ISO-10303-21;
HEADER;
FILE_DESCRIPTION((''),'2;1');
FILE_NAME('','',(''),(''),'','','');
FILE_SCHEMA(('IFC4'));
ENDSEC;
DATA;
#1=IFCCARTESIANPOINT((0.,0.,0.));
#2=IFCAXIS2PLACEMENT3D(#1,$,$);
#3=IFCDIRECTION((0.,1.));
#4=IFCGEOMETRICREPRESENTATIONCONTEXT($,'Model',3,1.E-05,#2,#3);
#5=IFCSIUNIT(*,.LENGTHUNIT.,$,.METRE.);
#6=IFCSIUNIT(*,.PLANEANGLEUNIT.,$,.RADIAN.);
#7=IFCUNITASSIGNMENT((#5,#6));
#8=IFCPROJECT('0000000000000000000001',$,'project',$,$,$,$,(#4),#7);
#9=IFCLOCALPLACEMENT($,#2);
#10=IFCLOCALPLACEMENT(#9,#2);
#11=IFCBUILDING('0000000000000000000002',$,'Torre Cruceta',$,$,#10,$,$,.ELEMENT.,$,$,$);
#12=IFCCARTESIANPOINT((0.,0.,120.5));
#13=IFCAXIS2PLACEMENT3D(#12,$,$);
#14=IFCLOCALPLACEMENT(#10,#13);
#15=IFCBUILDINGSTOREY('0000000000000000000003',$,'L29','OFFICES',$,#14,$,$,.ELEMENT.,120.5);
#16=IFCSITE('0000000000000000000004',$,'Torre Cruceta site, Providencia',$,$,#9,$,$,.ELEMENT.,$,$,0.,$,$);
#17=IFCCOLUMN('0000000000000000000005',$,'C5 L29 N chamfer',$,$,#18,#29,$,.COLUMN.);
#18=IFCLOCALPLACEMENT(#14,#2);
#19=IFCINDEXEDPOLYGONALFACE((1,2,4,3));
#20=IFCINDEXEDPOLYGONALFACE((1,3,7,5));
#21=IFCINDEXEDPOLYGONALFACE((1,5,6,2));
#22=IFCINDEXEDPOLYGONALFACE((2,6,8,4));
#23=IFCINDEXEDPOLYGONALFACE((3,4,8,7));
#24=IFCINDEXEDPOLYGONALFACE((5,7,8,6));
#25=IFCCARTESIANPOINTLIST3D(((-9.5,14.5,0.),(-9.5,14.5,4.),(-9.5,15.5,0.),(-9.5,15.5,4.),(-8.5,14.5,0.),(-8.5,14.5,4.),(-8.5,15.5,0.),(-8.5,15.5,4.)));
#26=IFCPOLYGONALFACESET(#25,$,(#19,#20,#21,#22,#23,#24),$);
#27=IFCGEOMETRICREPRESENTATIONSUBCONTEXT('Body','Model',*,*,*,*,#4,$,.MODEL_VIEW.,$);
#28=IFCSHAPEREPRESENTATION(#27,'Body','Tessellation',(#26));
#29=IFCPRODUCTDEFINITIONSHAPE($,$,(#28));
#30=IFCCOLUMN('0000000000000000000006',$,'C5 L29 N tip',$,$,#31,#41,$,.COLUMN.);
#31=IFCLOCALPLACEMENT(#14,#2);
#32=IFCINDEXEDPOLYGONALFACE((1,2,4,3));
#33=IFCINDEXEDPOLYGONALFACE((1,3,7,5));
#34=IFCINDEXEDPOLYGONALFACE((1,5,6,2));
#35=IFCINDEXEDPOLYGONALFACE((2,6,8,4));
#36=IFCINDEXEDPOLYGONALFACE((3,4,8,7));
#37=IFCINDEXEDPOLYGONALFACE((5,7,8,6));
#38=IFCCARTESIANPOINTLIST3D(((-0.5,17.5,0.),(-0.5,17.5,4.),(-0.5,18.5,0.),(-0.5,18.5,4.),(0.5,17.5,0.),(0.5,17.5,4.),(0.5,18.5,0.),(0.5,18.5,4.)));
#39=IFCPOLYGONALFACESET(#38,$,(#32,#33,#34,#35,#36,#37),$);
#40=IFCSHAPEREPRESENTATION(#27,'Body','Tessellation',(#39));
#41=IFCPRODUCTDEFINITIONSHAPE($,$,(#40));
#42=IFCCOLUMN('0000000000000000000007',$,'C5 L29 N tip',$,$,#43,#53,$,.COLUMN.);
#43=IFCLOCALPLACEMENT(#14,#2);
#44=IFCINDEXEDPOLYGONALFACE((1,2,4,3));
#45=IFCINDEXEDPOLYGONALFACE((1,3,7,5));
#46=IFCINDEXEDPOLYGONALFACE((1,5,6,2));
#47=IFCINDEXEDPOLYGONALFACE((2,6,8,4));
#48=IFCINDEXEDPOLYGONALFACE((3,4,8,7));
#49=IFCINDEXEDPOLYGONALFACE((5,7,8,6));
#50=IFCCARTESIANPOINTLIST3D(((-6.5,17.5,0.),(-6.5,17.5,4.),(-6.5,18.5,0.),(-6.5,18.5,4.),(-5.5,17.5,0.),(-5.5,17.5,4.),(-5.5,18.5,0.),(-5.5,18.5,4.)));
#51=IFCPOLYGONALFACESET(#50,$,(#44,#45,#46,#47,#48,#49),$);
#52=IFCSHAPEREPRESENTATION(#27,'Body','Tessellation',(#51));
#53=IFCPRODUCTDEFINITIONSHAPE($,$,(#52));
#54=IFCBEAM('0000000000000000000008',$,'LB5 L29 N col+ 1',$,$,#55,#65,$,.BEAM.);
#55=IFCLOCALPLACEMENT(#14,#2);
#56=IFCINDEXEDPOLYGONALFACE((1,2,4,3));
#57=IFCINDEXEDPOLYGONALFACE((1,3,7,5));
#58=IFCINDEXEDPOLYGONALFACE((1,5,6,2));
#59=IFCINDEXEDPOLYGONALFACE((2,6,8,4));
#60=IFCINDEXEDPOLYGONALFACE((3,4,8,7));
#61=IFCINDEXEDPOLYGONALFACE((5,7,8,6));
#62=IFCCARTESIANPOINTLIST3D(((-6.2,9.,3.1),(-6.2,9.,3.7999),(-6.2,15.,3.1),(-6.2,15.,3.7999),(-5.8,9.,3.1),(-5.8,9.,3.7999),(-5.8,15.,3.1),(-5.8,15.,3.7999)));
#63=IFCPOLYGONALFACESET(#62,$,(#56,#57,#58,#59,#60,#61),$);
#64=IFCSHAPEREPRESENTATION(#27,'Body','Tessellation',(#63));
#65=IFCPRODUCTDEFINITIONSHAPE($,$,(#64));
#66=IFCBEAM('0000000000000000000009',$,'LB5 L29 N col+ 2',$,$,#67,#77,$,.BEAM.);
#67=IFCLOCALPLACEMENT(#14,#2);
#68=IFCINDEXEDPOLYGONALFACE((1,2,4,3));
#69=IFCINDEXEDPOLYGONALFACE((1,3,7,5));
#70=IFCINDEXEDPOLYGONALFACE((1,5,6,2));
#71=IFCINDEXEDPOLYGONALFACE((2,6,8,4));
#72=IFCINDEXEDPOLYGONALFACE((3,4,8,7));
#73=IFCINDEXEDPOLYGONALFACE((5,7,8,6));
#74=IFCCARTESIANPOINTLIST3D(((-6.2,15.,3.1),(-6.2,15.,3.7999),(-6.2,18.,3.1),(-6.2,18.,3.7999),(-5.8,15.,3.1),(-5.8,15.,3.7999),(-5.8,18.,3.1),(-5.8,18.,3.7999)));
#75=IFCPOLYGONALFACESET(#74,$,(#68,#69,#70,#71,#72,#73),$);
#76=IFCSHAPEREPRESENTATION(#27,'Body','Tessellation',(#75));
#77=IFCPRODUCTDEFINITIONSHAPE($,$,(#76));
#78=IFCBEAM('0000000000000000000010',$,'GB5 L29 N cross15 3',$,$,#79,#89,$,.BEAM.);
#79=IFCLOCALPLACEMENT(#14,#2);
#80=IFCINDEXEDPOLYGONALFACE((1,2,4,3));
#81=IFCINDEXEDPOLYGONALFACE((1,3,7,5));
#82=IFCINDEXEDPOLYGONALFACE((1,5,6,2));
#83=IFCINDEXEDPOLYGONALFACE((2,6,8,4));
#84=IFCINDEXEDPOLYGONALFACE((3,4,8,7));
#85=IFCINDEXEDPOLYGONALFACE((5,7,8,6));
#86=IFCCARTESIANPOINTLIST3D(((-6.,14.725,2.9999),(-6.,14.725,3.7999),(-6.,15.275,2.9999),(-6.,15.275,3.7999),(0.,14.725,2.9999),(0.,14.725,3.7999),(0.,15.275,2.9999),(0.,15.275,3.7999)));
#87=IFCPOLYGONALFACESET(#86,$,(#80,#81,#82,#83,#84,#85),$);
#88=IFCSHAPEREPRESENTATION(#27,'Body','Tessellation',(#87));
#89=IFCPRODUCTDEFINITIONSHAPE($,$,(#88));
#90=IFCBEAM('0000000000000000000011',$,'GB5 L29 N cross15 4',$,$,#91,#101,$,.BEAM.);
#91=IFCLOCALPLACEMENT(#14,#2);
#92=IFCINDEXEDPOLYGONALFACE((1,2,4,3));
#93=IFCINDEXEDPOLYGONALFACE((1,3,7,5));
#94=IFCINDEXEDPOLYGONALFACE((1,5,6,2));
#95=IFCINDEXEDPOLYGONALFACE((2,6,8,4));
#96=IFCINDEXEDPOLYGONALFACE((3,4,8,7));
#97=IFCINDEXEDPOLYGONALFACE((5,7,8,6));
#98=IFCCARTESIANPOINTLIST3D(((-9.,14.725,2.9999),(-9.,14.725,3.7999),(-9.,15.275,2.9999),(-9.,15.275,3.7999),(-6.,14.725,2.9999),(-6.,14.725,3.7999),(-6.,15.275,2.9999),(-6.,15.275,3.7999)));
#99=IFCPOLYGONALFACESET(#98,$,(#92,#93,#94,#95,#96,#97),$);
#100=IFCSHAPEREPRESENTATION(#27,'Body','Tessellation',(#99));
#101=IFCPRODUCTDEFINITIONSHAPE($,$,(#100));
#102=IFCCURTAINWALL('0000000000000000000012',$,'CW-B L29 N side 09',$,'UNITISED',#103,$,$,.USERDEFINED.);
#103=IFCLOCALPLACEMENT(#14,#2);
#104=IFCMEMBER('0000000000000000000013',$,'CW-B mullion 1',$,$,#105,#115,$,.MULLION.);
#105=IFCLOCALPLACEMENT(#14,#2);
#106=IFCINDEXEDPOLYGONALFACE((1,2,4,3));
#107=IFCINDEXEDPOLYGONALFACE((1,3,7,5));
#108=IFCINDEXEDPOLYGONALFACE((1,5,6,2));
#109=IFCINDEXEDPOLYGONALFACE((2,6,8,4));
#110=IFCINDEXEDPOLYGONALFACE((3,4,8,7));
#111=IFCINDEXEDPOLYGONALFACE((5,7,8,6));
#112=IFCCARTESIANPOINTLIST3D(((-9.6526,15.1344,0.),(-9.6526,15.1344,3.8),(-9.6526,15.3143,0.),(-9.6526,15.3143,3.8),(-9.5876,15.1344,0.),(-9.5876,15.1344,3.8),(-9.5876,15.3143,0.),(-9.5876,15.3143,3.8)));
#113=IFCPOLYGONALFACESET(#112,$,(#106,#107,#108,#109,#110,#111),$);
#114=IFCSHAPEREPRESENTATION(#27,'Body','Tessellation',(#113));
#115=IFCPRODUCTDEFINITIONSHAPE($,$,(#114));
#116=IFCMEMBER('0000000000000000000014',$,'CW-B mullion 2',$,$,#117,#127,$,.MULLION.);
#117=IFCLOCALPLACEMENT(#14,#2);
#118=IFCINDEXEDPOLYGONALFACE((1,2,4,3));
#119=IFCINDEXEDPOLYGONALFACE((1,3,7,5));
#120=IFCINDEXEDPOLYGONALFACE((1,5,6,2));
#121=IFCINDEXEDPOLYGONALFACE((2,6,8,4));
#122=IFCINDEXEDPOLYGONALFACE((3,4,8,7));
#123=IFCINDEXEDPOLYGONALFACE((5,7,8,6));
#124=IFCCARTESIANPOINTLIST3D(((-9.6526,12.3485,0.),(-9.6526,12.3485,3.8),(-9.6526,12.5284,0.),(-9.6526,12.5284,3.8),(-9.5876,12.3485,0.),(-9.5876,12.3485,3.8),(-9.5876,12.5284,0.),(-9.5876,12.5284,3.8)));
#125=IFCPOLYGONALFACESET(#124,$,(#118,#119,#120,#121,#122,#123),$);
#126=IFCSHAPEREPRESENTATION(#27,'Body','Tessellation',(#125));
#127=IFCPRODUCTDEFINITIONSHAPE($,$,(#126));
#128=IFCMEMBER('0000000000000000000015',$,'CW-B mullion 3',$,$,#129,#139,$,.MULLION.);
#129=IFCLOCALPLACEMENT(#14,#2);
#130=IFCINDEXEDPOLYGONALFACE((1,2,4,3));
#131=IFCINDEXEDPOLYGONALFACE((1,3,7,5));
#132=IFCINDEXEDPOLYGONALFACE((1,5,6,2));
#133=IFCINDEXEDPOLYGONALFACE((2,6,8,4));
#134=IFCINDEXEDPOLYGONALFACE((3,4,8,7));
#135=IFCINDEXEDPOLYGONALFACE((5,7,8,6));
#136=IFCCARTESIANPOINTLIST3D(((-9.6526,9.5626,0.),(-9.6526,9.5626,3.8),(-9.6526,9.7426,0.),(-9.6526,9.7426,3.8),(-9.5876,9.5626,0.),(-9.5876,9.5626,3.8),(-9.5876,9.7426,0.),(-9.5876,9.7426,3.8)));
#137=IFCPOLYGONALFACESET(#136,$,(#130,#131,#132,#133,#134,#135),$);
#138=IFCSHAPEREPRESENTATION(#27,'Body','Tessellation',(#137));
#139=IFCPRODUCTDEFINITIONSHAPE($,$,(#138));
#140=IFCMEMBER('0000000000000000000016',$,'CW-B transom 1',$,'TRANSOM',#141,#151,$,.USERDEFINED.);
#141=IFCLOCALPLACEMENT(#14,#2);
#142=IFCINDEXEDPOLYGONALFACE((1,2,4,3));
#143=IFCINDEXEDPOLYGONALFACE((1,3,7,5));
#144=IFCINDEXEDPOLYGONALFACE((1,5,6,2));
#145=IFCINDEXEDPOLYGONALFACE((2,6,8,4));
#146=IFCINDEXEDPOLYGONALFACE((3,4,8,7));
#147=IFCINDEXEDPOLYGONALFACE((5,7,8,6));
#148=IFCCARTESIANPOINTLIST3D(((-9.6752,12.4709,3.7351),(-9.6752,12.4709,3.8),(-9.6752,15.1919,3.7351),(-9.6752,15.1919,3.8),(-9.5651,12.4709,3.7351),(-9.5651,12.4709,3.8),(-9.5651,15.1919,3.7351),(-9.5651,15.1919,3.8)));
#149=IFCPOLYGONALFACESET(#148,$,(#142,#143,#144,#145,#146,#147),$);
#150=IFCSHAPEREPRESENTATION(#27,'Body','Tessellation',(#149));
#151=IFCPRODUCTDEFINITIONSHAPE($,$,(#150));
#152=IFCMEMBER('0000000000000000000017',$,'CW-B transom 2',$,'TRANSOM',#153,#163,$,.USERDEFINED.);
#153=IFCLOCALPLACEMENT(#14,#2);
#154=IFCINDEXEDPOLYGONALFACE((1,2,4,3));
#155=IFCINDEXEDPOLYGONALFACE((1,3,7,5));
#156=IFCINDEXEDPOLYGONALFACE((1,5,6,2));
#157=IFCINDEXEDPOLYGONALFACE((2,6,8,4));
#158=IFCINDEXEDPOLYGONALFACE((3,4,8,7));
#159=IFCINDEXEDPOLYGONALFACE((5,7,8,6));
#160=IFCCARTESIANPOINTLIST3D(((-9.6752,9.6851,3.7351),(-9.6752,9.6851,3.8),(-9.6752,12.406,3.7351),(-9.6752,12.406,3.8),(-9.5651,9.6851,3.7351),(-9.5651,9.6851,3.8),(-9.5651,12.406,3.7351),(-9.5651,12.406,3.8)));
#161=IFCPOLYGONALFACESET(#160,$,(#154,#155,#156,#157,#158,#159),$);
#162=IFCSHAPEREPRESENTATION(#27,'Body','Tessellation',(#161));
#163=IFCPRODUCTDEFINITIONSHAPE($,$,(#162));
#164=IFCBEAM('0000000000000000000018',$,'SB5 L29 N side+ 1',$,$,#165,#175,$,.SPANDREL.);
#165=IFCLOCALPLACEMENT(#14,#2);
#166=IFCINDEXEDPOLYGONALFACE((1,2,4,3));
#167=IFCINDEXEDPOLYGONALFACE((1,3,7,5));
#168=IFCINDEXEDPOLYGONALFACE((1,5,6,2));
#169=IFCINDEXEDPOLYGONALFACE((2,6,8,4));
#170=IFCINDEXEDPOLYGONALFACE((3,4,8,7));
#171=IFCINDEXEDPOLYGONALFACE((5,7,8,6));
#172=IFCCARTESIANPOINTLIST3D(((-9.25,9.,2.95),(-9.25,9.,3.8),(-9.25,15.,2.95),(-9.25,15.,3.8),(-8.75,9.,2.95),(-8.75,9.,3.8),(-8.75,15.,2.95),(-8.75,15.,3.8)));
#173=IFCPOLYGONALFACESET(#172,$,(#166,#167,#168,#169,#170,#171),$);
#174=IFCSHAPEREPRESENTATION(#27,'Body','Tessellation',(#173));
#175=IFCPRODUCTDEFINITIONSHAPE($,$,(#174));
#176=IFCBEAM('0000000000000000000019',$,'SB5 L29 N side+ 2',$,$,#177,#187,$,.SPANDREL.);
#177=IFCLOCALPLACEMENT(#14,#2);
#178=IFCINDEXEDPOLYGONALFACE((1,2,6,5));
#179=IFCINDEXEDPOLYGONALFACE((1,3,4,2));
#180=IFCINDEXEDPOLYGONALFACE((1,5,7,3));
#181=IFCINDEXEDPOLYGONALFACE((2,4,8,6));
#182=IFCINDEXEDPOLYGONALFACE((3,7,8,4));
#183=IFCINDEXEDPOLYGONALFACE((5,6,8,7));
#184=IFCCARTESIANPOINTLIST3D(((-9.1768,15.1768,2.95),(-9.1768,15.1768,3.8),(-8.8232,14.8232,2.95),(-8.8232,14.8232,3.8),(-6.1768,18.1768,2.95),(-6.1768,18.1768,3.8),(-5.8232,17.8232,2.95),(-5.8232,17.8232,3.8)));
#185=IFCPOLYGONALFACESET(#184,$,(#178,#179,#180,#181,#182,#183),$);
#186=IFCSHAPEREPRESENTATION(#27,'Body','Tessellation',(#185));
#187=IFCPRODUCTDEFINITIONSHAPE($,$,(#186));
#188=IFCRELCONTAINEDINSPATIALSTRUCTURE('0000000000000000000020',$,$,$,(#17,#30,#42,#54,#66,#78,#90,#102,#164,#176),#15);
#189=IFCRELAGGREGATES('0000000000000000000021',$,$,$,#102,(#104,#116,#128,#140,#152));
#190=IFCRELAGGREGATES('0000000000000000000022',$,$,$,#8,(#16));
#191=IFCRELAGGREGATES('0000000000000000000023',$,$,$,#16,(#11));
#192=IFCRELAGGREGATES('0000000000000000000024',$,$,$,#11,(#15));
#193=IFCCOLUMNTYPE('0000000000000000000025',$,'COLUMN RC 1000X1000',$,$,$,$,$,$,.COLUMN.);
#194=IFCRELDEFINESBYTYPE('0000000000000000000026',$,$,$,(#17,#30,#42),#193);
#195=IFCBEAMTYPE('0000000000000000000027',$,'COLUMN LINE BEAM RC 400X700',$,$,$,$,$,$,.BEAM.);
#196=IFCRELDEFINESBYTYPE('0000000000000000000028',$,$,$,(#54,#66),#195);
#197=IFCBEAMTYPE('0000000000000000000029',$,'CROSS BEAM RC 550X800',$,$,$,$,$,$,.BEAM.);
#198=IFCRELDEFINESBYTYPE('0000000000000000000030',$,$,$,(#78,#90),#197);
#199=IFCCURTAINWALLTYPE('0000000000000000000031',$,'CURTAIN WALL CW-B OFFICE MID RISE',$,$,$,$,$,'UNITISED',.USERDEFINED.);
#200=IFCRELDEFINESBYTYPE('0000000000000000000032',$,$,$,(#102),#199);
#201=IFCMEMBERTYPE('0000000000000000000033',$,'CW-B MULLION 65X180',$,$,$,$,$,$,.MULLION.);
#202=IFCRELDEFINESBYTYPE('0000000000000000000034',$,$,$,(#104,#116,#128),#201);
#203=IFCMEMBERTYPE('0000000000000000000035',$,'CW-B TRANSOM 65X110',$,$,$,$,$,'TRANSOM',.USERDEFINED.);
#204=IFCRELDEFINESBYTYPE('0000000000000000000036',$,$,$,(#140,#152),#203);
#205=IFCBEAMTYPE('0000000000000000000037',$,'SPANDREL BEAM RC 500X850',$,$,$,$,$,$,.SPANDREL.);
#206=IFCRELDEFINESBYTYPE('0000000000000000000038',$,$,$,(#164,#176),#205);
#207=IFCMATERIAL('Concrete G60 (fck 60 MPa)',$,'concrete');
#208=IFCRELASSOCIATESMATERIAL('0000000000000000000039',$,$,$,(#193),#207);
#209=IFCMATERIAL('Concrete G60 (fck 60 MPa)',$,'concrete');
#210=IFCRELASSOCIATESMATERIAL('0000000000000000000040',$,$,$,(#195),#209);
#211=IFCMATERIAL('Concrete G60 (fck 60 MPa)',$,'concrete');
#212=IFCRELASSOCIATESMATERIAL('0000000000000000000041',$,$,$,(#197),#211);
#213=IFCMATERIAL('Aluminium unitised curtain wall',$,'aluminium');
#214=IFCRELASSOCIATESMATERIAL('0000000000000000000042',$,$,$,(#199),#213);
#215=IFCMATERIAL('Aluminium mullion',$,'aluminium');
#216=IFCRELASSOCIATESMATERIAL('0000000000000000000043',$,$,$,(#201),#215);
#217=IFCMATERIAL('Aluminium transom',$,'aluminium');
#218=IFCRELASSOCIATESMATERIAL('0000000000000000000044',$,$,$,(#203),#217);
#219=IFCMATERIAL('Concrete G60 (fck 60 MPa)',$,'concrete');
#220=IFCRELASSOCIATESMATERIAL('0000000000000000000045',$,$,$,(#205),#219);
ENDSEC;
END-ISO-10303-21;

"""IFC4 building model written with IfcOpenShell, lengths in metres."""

from ifc_helpers import new_model, si_unit, direction, frame, origin, origin_2d, place, context, subcontext, project, spatial, rectangle, extrude, material, material_profile, profile_set, type_object, element, aggregate, save


model = new_model("IFC4")

# Units and contexts
model_context = context("Model", 3, precision=1e-05, world=origin(), true_north=direction((0.0, 1.0)))
body_context = subcontext(model_context, "Body", "Model", "MODEL_VIEW")
ifc_project = project(units=[si_unit("LENGTHUNIT", "METRE"), si_unit("PLANEANGLEUNIT", "RADIAN")], contexts=[model_context])

# Site, building, storey
site_placement = place(None, origin())
site = spatial("IfcSite", under=ifc_project, at=site_placement, Name="Torre Cruceta site, Providencia", CompositionType="ELEMENT", RefElevation=0.0)
building_placement = place(site_placement, origin())
building = spatial("IfcBuilding", under=site, at=building_placement, Name="Torre Cruceta", CompositionType="ELEMENT")
storey_placement = place(building_placement, frame((0.0, 0.0, 120.5)))
storey = spatial("IfcBuildingStorey", under=building, at=storey_placement, Name="L29", Description="OFFICES", CompositionType="ELEMENT", Elevation=120.5)

# Columns
ifc_material_1 = material(Name="Concrete G60 (fck 60 MPa)", Category="concrete")
ifc_material_profile_1 = material_profile(ifc_material_1, rectangle(XDim=1.0, YDim=1.0, at=origin_2d()), Name="RC 1000X1000")
ifc_profile_set_1 = profile_set([ifc_material_profile_1], Name="Concrete G60 (fck 60 MPa)")
column_type = type_object("IfcColumnType", Name="COLUMN RC 1000X1000", PredefinedType="COLUMN", material=ifc_profile_set_1)
for number, where, z_axis, x_axis, name in (
    (1, (-9.0, 15.0, 0.0), (0.0, 0.0, 1.0), (1.0, 0.0, 0.0), "C5 L29 N chamfer"),
    (2, (0.0, 18.0, 0.0), (0.0, 0.0, 1.0), (1.0, 0.0, 0.0), "C5 L29 N tip"),
    (3, (-6.0, 18.0, 0.0), (0.0, 0.0, 1.0), (1.0, 0.0, 0.0), "C5 L29 N tip"),
):
    element("IfcColumn", number, at=place(storey_placement, frame(where, z_axis=z_axis, x_axis=x_axis)), inside=storey, type_object=column_type, Name=name, PredefinedType="COLUMN", context=body_context, shape_type="SweptSolid", body=[
        extrude(rectangle(XDim=1.0, YDim=1.0, at=origin_2d()), origin(), (0.0, 0.0, 1.0), 4.0),
    ])

# Beams
ifc_material_2 = material(Name="Concrete G60 (fck 60 MPa)", Category="concrete")
ifc_material_profile_2 = material_profile(ifc_material_2, rectangle(XDim=0.3999, YDim=0.7, at=origin_2d()), Name="RC 400X700")
ifc_profile_set_2 = profile_set([ifc_material_profile_2], Name="Concrete G60 (fck 60 MPa)")
beam_type_1 = type_object("IfcBeamType", Name="COLUMN LINE BEAM RC 400X700", PredefinedType="BEAM", material=ifc_profile_set_2)
beam_1_placement = place(storey_placement, frame((-6.0, 9.0, 3.45), z_axis=(0.0, 1.0, 0.0), x_axis=(-1.0, 0.0, 0.0)))
element("IfcBeam", 4, at=beam_1_placement, inside=storey, type_object=beam_type_1, Name="LB5 L29 N col+ 1", PredefinedType="BEAM", context=body_context, shape_type="SweptSolid", body=[
    extrude(rectangle(XDim=0.3999, YDim=0.7, at=origin_2d()), origin(), (0.0, 0.0, 1.0), 6.0),
])
beam_2_placement = place(storey_placement, frame((-6.0, 15.0, 3.45), z_axis=(0.0, 1.0, 0.0), x_axis=(-1.0, 0.0, 0.0)))
element("IfcBeam", 5, at=beam_2_placement, inside=storey, type_object=beam_type_1, Name="LB5 L29 N col+ 2", PredefinedType="BEAM", context=body_context, shape_type="SweptSolid", body=[
    extrude(rectangle(XDim=0.3999, YDim=0.7, at=origin_2d()), origin(), (0.0, 0.0, 1.0), 3.0),
])
ifc_material_3 = material(Name="Concrete G60 (fck 60 MPa)", Category="concrete")
ifc_material_profile_3 = material_profile(ifc_material_3, rectangle(XDim=0.55, YDim=0.8, at=origin_2d()), Name="RC 550X800")
ifc_profile_set_3 = profile_set([ifc_material_profile_3], Name="Concrete G60 (fck 60 MPa)")
beam_type_2 = type_object("IfcBeamType", Name="CROSS BEAM RC 550X800", PredefinedType="BEAM", material=ifc_profile_set_3)
beam_3_placement = place(storey_placement, frame((0.0, 15.0, 3.3999), z_axis=(-1.0, 0.0, 0.0), x_axis=(0.0, -1.0, 0.0)))
element("IfcBeam", 6, at=beam_3_placement, inside=storey, type_object=beam_type_2, Name="GB5 L29 N cross15 3", PredefinedType="BEAM", context=body_context, shape_type="SweptSolid", body=[
    extrude(rectangle(XDim=0.55, YDim=0.8, at=origin_2d()), origin(), (0.0, 0.0, 1.0), 6.0),
])
beam_4_placement = place(storey_placement, frame((-6.0, 15.0, 3.3999), z_axis=(-1.0, 0.0, 0.0), x_axis=(0.0, -1.0, 0.0)))
element("IfcBeam", 7, at=beam_4_placement, inside=storey, type_object=beam_type_2, Name="GB5 L29 N cross15 4", PredefinedType="BEAM", context=body_context, shape_type="SweptSolid", body=[
    extrude(rectangle(XDim=0.55, YDim=0.8, at=origin_2d()), origin(), (0.0, 0.0, 1.0), 3.0),
])

# Curtain wall, members
ifc_material_4 = material(Name="Aluminium unitised curtain wall", Category="aluminium")
curtain_wall_type = type_object("IfcCurtainWallType", Name="CURTAIN WALL CW-B OFFICE MID RISE", ElementType="UNITISED", PredefinedType="USERDEFINED", material=ifc_material_4)
curtain_wall_placement = place(storey_placement, origin())
curtain_wall = element("IfcCurtainWall", 8, at=curtain_wall_placement, inside=storey, type_object=curtain_wall_type, Name="CW-B L29 N side 09", ObjectType="UNITISED", PredefinedType="USERDEFINED")
ifc_material_5 = material(Name="Aluminium mullion", Category="aluminium")
ifc_material_profile_4 = material_profile(ifc_material_5, rectangle(XDim=0.0649, YDim=0.1799, at=origin_2d()), Name="AL 65X180")
ifc_profile_set_4 = profile_set([ifc_material_profile_4], Name="Aluminium mullion")
member_type_1 = type_object("IfcMemberType", Name="CW-B MULLION 65X180", PredefinedType="MULLION", material=ifc_profile_set_4)
member_1_placement = place(storey_placement, frame((-9.6201, 15.2244, 0.0), z_axis=(0.0, 0.0, 1.0), x_axis=(1.0, 0.0, 0.0)))
member_1 = element("IfcMember", 9, at=member_1_placement, type_object=member_type_1, Name="CW-B mullion 1", PredefinedType="MULLION", context=body_context, shape_type="SweptSolid", body=[
    extrude(rectangle(XDim=0.0649, YDim=0.1799, at=origin_2d()), origin(), (0.0, 0.0, 1.0), 3.8),
])
member_2_placement = place(storey_placement, frame((-9.6201, 12.4385, 0.0), z_axis=(0.0, 0.0, 1.0), x_axis=(1.0, 0.0, 0.0)))
member_2 = element("IfcMember", 10, at=member_2_placement, type_object=member_type_1, Name="CW-B mullion 2", PredefinedType="MULLION", context=body_context, shape_type="SweptSolid", body=[
    extrude(rectangle(XDim=0.0649, YDim=0.1799, at=origin_2d()), origin(), (0.0, 0.0, 1.0), 3.8),
])
member_3_placement = place(storey_placement, frame((-9.6201, 9.6526, 0.0), z_axis=(0.0, 0.0, 1.0), x_axis=(1.0, 0.0, 0.0)))
member_3 = element("IfcMember", 11, at=member_3_placement, type_object=member_type_1, Name="CW-B mullion 3", PredefinedType="MULLION", context=body_context, shape_type="SweptSolid", body=[
    extrude(rectangle(XDim=0.0649, YDim=0.1799, at=origin_2d()), origin(), (0.0, 0.0, 1.0), 3.8),
])
ifc_material_6 = material(Name="Aluminium transom", Category="aluminium")
ifc_material_profile_5 = material_profile(ifc_material_6, rectangle(XDim=0.1101, YDim=0.0649, at=origin_2d()), Name="AL 110X65")
ifc_profile_set_5 = profile_set([ifc_material_profile_5], Name="Aluminium transom")
member_type_2 = type_object("IfcMemberType", Name="CW-B TRANSOM 65X110", ElementType="TRANSOM", PredefinedType="USERDEFINED", material=ifc_profile_set_5)
member_4_placement = place(storey_placement, frame((-9.6201, 15.1919, 3.7676), z_axis=(0.0, -1.0, 0.0), x_axis=(1.0, 0.0, 0.0)))
member_4 = element("IfcMember", 12, at=member_4_placement, type_object=member_type_2, Name="CW-B transom 1", ObjectType="TRANSOM", PredefinedType="USERDEFINED", context=body_context, shape_type="SweptSolid", body=[
    extrude(rectangle(XDim=0.1101, YDim=0.0649, at=origin_2d()), origin(), (0.0, 0.0, 1.0), 2.7209),
])
member_5_placement = place(storey_placement, frame((-9.6201, 12.406, 3.7676), z_axis=(0.0, -1.0, 0.0), x_axis=(1.0, 0.0, 0.0)))
member_5 = element("IfcMember", 13, at=member_5_placement, type_object=member_type_2, Name="CW-B transom 2", ObjectType="TRANSOM", PredefinedType="USERDEFINED", context=body_context, shape_type="SweptSolid", body=[
    extrude(rectangle(XDim=0.1101, YDim=0.0649, at=origin_2d()), origin(), (0.0, 0.0, 1.0), 2.7209),
])

# Beams
ifc_material_7 = material(Name="Concrete G60 (fck 60 MPa)", Category="concrete")
ifc_material_profile_6 = material_profile(ifc_material_7, rectangle(XDim=0.5, YDim=0.8501, at=origin_2d()), Name="RC 500X850")
ifc_profile_set_6 = profile_set([ifc_material_profile_6], Name="Concrete G60 (fck 60 MPa)")
beam_type_3 = type_object("IfcBeamType", Name="SPANDREL BEAM RC 500X850", PredefinedType="SPANDREL", material=ifc_profile_set_6)
beam_5_placement = place(storey_placement, frame((-9.0, 9.0, 3.375), z_axis=(0.0, 1.0, 0.0), x_axis=(-1.0, 0.0, 0.0)))
element("IfcBeam", 14, at=beam_5_placement, inside=storey, type_object=beam_type_3, Name="SB5 L29 N side+ 1", PredefinedType="SPANDREL", context=body_context, shape_type="SweptSolid", body=[
    extrude(rectangle(XDim=0.5, YDim=0.8501, at=origin_2d()), origin(), (0.0, 0.0, 1.0), 6.0),
])
beam_6_placement = place(storey_placement, frame((-9.0, 15.0, 3.375), z_axis=(0.707107, 0.707107, 0.0), x_axis=(-0.707107, 0.707107, 0.0)))
element("IfcBeam", 15, at=beam_6_placement, inside=storey, type_object=beam_type_3, Name="SB5 L29 N side+ 2", PredefinedType="SPANDREL", context=body_context, shape_type="SweptSolid", body=[
    extrude(rectangle(XDim=0.5, YDim=0.8501, at=origin_2d()), origin(), (0.0, 0.0, 1.0), 4.2427),
])

aggregate(curtain_wall, [member_1, member_2, member_3, member_4, member_5])

save(model, "model.ifc")
